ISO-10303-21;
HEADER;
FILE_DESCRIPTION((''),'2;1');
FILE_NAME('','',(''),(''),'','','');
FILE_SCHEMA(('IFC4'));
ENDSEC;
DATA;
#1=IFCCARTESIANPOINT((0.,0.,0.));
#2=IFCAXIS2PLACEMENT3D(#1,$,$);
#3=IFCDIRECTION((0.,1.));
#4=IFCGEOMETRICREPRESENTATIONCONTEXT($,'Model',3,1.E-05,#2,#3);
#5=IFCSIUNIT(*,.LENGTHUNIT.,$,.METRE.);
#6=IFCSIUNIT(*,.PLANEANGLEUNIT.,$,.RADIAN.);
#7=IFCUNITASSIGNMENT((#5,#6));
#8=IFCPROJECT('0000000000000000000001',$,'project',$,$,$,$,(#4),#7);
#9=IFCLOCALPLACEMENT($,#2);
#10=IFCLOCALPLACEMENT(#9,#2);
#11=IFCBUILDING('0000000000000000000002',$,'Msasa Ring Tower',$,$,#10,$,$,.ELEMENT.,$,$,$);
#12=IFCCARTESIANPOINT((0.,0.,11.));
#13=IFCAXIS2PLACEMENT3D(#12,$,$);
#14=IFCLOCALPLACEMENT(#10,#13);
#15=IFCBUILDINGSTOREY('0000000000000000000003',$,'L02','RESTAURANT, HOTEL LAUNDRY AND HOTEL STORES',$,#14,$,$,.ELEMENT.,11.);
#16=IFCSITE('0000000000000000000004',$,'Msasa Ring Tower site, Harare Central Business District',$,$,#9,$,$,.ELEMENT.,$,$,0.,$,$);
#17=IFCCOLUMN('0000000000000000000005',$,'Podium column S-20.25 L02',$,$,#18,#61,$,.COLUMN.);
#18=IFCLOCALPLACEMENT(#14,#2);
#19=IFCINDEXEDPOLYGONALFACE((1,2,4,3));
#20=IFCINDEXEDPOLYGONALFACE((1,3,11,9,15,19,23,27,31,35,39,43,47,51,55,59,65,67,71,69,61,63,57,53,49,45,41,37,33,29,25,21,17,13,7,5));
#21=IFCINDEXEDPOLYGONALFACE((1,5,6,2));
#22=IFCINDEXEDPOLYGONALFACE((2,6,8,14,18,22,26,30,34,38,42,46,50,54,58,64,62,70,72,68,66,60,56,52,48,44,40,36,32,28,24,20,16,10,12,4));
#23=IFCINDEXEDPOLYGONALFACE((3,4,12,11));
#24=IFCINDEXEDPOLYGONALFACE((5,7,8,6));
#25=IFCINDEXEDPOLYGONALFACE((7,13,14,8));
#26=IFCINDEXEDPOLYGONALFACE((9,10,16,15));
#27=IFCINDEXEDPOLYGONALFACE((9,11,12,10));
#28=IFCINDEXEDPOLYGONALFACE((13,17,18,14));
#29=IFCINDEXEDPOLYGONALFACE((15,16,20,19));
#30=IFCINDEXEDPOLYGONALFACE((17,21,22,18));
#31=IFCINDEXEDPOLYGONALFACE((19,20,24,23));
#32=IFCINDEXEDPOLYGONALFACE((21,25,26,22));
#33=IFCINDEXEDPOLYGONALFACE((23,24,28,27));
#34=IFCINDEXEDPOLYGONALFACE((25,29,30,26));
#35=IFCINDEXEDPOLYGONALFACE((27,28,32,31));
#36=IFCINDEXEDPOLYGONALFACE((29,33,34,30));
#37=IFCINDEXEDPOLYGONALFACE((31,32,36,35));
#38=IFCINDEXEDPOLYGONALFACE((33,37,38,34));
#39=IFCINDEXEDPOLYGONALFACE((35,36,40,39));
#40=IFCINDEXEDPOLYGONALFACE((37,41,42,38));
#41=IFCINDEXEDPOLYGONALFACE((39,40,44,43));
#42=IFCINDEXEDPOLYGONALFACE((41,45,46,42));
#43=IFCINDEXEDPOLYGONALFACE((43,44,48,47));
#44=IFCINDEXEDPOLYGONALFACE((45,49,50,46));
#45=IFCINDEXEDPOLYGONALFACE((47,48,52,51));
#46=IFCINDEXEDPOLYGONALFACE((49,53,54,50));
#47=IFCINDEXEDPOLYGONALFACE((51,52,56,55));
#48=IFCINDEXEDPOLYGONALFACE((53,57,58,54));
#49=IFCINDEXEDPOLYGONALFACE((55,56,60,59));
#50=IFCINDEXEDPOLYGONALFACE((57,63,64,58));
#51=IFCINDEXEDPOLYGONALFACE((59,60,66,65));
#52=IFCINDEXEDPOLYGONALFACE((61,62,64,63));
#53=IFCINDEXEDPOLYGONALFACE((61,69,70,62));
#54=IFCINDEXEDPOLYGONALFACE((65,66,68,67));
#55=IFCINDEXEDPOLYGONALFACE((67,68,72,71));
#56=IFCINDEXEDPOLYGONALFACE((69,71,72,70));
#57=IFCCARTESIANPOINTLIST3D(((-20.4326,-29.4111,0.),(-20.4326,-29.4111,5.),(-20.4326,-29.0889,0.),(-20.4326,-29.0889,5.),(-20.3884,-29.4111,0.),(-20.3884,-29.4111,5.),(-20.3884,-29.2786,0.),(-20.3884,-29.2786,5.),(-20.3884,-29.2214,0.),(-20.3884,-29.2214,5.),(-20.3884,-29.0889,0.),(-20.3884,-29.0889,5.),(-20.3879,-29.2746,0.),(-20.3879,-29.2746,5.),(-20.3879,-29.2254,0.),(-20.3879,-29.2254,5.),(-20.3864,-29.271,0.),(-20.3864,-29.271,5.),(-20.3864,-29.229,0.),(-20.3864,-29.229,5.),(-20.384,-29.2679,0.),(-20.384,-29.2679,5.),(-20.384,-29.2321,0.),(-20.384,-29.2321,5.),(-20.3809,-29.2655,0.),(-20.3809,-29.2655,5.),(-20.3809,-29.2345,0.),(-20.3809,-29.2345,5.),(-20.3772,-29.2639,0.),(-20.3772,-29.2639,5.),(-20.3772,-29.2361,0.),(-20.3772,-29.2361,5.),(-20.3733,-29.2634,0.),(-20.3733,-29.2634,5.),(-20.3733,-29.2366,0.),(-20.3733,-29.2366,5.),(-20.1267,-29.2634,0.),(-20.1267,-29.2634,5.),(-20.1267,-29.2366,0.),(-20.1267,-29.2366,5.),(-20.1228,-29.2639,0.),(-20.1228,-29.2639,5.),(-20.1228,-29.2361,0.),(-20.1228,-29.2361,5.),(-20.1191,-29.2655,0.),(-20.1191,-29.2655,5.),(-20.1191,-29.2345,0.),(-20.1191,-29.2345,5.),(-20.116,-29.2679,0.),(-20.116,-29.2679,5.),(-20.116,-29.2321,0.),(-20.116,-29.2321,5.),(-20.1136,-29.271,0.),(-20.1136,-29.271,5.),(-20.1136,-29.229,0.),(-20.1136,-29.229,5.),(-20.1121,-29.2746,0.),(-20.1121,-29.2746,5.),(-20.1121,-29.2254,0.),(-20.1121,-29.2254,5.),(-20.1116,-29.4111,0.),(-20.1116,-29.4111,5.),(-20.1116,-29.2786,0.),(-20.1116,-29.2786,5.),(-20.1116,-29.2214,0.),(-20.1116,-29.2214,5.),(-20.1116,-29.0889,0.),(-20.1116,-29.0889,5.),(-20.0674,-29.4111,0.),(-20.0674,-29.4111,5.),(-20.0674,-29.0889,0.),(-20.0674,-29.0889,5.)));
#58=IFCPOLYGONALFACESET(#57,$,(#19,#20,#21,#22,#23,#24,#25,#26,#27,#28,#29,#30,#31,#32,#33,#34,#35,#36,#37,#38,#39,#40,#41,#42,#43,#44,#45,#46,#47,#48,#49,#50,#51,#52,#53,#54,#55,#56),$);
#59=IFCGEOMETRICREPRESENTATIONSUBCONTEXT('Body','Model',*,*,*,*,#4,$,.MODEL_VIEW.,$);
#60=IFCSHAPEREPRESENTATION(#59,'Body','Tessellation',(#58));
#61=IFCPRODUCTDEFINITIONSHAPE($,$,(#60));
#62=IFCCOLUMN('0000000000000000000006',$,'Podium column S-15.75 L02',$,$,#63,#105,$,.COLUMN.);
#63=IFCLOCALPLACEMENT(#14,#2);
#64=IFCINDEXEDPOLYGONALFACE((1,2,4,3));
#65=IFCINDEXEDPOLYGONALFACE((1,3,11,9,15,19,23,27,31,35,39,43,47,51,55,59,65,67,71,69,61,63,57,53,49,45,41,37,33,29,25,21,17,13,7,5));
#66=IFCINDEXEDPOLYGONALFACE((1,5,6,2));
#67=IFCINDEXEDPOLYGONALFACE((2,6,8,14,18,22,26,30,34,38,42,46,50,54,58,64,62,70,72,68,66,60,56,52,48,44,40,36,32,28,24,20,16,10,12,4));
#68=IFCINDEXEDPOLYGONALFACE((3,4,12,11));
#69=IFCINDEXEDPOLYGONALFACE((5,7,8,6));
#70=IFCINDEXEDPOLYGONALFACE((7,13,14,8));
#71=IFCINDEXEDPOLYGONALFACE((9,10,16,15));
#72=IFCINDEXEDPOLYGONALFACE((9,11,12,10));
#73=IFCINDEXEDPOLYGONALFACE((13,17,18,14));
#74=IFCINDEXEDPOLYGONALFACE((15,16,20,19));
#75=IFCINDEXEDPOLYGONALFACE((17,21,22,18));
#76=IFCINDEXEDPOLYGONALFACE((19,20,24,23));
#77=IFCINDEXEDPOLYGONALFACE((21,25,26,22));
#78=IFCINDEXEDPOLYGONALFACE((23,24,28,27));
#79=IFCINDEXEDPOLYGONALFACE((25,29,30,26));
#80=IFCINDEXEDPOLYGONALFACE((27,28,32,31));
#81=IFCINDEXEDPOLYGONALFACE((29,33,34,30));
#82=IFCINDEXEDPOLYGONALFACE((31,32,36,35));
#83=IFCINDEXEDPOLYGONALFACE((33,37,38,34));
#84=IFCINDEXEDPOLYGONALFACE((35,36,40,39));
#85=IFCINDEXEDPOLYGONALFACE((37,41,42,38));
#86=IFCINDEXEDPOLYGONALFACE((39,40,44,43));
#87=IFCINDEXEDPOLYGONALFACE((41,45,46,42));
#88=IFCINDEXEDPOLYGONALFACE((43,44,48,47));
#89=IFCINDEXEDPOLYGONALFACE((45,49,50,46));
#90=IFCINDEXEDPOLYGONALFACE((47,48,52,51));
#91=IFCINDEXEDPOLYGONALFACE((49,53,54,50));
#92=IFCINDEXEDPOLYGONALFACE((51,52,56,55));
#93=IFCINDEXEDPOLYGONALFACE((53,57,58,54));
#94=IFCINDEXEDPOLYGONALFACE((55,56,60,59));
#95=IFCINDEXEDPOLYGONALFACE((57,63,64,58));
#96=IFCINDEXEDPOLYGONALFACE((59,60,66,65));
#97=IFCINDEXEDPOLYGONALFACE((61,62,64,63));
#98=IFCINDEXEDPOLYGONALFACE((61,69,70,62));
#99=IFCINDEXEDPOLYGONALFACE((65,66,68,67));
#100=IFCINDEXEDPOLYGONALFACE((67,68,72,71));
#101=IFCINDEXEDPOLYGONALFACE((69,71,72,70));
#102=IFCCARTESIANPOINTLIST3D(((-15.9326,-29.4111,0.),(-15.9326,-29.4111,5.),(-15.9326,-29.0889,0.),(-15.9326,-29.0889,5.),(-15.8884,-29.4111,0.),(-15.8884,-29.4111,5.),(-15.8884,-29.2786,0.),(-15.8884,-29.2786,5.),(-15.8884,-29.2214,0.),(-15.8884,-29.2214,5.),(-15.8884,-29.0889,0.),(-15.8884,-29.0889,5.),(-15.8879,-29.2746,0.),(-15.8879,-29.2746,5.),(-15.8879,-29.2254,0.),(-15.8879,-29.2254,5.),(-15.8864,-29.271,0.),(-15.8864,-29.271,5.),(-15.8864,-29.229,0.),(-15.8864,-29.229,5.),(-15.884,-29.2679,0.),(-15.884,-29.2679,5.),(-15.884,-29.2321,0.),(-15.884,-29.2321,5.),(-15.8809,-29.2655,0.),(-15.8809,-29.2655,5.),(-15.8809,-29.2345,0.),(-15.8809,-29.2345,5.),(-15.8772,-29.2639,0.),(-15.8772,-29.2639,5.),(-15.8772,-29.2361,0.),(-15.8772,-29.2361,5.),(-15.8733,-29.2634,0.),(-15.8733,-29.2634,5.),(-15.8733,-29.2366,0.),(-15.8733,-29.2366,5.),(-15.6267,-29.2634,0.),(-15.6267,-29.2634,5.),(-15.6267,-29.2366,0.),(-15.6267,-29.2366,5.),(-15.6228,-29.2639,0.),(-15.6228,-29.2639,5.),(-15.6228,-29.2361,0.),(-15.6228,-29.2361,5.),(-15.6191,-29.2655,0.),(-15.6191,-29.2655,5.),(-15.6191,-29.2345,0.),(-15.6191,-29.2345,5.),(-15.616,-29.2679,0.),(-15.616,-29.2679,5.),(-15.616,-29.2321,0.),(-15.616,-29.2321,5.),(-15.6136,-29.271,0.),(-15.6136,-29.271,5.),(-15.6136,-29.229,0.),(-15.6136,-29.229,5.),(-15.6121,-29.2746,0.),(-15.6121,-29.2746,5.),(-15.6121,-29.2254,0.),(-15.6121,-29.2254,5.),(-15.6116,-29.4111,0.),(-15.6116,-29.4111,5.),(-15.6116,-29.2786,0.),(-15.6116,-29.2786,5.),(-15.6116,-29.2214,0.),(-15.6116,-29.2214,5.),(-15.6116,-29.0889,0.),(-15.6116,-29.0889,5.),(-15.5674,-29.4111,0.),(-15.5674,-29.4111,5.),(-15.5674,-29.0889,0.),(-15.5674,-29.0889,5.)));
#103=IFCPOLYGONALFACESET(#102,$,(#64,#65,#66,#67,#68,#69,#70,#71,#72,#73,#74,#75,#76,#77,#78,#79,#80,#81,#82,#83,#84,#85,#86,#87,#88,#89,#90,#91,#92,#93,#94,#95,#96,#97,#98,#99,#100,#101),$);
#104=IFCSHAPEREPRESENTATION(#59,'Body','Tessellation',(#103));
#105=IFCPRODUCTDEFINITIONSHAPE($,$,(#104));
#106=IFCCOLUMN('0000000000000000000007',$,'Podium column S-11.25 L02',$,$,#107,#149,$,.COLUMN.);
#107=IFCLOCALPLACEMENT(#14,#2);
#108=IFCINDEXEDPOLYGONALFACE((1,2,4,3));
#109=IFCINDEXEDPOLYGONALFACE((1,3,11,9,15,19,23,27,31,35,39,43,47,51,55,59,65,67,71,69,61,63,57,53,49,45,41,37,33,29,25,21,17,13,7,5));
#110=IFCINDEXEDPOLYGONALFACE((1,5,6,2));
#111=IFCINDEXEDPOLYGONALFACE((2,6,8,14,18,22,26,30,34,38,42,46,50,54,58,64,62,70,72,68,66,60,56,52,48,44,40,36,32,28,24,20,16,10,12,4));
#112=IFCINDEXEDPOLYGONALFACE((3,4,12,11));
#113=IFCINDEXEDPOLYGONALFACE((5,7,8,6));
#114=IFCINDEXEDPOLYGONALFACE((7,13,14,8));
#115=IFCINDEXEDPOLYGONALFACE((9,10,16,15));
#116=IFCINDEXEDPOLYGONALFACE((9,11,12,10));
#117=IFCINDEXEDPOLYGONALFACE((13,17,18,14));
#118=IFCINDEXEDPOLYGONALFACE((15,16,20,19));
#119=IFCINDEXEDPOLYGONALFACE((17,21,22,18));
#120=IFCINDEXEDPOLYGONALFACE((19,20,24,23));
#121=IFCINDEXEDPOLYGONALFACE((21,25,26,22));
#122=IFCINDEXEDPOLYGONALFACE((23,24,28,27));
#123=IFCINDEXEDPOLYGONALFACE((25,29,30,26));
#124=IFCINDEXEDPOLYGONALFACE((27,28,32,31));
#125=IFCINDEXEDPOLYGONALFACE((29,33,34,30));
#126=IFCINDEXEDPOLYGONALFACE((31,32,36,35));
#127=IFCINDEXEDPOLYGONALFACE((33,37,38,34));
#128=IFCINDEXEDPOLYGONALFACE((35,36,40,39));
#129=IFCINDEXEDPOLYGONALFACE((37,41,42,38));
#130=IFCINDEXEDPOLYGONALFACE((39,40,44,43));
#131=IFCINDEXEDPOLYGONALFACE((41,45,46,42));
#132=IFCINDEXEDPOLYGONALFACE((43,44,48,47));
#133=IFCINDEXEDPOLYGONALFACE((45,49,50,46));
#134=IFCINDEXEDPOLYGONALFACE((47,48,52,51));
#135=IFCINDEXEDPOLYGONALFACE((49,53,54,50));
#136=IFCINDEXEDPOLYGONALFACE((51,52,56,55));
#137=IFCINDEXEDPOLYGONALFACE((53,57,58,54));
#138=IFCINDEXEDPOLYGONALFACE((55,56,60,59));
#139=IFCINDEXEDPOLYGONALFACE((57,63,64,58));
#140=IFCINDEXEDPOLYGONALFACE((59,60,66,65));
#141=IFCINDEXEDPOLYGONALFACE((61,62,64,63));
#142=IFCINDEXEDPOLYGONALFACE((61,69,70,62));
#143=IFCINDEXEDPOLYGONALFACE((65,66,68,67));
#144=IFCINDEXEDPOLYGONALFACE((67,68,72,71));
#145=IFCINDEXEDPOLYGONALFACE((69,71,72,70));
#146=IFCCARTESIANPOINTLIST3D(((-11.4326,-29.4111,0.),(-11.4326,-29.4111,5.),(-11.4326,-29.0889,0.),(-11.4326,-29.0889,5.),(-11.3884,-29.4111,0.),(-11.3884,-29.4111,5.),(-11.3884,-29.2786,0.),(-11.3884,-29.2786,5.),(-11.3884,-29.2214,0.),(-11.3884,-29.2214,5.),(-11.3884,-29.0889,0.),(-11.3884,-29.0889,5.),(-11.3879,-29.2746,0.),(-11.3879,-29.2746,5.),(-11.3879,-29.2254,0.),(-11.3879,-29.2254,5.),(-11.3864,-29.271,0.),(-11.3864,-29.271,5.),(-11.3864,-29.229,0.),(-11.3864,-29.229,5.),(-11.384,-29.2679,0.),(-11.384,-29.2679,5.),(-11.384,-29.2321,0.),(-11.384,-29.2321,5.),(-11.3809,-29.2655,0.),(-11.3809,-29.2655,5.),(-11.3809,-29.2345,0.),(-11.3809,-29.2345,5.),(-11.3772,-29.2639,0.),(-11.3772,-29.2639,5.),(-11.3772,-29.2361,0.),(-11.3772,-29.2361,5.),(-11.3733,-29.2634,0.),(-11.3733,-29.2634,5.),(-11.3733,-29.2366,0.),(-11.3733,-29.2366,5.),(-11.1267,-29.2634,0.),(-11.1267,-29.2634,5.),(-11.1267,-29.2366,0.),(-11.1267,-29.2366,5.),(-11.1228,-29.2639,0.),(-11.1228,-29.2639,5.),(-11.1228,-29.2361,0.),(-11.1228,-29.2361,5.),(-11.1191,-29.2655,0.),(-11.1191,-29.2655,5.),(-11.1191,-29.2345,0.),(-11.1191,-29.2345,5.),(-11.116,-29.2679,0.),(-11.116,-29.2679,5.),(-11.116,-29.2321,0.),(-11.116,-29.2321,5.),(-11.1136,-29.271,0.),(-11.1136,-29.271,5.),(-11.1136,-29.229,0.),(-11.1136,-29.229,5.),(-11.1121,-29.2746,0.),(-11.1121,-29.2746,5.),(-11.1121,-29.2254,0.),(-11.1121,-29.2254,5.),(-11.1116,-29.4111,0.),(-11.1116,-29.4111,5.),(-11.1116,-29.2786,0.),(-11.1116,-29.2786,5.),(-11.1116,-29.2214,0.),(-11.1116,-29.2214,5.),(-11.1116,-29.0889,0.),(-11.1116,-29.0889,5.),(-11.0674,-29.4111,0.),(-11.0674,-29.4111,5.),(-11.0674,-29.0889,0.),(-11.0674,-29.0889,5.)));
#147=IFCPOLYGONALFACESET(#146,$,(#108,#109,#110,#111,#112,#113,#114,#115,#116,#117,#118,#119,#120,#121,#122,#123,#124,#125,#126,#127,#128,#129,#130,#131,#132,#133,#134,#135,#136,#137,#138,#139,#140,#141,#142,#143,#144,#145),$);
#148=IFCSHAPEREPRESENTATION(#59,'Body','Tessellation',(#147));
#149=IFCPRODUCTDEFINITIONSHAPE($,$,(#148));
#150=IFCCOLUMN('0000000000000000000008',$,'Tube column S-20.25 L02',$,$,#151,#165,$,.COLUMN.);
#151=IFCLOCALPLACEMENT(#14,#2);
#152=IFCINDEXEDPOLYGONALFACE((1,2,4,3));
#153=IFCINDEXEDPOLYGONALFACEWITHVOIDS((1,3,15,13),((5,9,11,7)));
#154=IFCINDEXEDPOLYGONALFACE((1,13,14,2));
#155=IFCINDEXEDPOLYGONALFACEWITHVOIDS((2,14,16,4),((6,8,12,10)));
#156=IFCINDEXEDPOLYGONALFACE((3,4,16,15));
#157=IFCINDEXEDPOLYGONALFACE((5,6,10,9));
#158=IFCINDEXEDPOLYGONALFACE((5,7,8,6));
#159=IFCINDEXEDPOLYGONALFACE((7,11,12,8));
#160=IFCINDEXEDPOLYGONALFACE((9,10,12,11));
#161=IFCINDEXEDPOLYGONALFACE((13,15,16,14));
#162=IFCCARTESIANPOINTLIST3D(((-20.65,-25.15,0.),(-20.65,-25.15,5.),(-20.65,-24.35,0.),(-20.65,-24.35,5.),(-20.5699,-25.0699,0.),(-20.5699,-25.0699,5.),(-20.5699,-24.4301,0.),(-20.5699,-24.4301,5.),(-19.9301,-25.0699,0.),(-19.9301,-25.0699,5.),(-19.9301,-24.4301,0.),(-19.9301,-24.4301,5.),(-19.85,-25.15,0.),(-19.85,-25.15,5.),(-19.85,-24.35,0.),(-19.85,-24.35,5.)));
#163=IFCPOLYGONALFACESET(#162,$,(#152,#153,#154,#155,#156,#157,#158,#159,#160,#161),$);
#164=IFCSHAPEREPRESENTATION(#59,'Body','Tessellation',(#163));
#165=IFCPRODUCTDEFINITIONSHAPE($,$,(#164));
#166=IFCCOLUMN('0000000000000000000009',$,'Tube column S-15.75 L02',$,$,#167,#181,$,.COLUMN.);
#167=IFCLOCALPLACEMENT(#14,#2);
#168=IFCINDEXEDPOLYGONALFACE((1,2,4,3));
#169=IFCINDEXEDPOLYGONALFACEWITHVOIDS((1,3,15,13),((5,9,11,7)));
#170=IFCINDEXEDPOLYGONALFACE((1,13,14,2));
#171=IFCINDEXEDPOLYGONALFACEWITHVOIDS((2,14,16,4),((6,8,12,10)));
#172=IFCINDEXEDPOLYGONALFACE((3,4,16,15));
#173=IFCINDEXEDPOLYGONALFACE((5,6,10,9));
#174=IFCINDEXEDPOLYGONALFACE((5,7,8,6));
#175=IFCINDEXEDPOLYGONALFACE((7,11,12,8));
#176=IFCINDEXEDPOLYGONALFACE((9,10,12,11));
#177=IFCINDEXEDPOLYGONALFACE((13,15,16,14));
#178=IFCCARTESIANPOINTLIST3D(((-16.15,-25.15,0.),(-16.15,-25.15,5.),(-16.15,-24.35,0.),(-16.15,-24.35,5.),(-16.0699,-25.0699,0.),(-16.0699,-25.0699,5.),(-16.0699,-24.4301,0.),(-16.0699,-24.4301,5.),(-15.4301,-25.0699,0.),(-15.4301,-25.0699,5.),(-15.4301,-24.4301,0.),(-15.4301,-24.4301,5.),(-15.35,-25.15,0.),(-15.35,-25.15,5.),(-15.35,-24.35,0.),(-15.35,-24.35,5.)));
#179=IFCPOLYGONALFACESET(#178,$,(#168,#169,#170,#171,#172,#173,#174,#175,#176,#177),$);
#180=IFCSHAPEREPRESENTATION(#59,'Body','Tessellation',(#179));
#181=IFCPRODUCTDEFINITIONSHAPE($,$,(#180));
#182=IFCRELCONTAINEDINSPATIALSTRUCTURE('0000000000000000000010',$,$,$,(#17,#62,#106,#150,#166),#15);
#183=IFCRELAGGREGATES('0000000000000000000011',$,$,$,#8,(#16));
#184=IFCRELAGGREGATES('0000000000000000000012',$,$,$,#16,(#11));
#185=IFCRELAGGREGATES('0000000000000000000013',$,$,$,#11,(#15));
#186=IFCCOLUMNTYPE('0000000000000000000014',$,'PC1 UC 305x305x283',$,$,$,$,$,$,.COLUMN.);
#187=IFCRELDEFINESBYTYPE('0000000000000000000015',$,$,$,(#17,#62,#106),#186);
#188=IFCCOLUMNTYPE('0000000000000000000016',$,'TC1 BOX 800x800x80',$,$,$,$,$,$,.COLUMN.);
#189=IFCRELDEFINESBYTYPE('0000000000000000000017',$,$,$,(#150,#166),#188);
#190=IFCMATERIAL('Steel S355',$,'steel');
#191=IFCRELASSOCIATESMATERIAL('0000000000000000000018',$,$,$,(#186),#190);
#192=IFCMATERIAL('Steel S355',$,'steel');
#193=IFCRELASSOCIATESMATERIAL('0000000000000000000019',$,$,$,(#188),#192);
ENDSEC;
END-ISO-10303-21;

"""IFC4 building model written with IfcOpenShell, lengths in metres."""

from ifc_helpers import new_model, si_unit, direction, frame, origin, origin_2d, place, context, subcontext, project, spatial, hollow_rectangle, i_section, extrude, material, material_profile, profile_set, type_object, element, save


model = new_model("IFC4")

# Units and contexts
model_context = context("Model", 3, precision=1e-05, world=origin(), true_north=direction((0.0, 1.0)))
body_context = subcontext(model_context, "Body", "Model", "MODEL_VIEW")
ifc_project = project(units=[si_unit("LENGTHUNIT", "METRE"), si_unit("PLANEANGLEUNIT", "RADIAN")], contexts=[model_context])

# Site, building, storey
site_placement = place(None, origin())
site = spatial("IfcSite", under=ifc_project, at=site_placement, Name="Msasa Ring Tower site, Harare Central Business District", CompositionType="ELEMENT", RefElevation=0.0)
building_placement = place(site_placement, origin())
building = spatial("IfcBuilding", under=site, at=building_placement, Name="Msasa Ring Tower", CompositionType="ELEMENT")
storey_placement = place(building_placement, frame((0.0, 0.0, 11.0)))
storey = spatial("IfcBuildingStorey", under=building, at=storey_placement, Name="L02", Description="RESTAURANT, HOTEL LAUNDRY AND HOTEL STORES", CompositionType="ELEMENT", Elevation=11.0)

# Columns
ifc_material_1 = material(Name="Steel S355", Category="steel")
ifc_material_profile_1 = material_profile(ifc_material_1, i_section(OverallWidth=0.3223, OverallDepth=0.3652, WebThickness=0.0269, FlangeThickness=0.0442, FilletRadius=0.0151, at=origin_2d()), Name="UC 305x305x283")
ifc_profile_set_1 = profile_set([ifc_material_profile_1], Name="Steel S355")
column_type_1 = type_object("IfcColumnType", Name="PC1 UC 305x305x283", PredefinedType="COLUMN", material=ifc_profile_set_1)
for number, where, z_axis, x_axis, name in (
    (1, (-20.25, -29.25, 0.0), (0.0, 0.0, 1.0), (0.0, 1.0, 0.0), "Podium column S-20.25 L02"),
    (2, (-15.75, -29.25, 0.0), (0.0, 0.0, 1.0), (0.0, 1.0, 0.0), "Podium column S-15.75 L02"),
    (3, (-11.25, -29.25, 0.0), (0.0, 0.0, 1.0), (0.0, 1.0, 0.0), "Podium column S-11.25 L02"),
):
    element("IfcColumn", number, at=place(storey_placement, frame(where, z_axis=z_axis, x_axis=x_axis)), inside=storey, type_object=column_type_1, Name=name, PredefinedType="COLUMN", context=body_context, shape_type="SweptSolid", body=[
        extrude(i_section(OverallWidth=0.3223, OverallDepth=0.3652, WebThickness=0.0269, FlangeThickness=0.0442, FilletRadius=0.0151, at=origin_2d()), origin(), (0.0, 0.0, 1.0), 5.0),
    ])
ifc_material_2 = material(Name="Steel S355", Category="steel")
ifc_material_profile_2 = material_profile(ifc_material_2, hollow_rectangle(XDim=0.8, YDim=0.8, WallThickness=0.0801, at=origin_2d()), Name="BOX 800x800x80")
ifc_profile_set_2 = profile_set([ifc_material_profile_2], Name="Steel S355")
column_type_2 = type_object("IfcColumnType", Name="TC1 BOX 800x800x80", PredefinedType="COLUMN", material=ifc_profile_set_2)
for number, where, z_axis, x_axis, name in (
    (4, (-20.25, -24.75, 0.0), (0.0, 0.0, 1.0), (0.0, 1.0, 0.0), "Tube column S-20.25 L02"),
    (5, (-15.75, -24.75, 0.0), (0.0, 0.0, 1.0), (0.0, 1.0, 0.0), "Tube column S-15.75 L02"),
):
    element("IfcColumn", number, at=place(storey_placement, frame(where, z_axis=z_axis, x_axis=x_axis)), inside=storey, type_object=column_type_2, Name=name, PredefinedType="COLUMN", context=body_context, shape_type="SweptSolid", body=[
        extrude(hollow_rectangle(XDim=0.8, YDim=0.8, WallThickness=0.0801, at=origin_2d()), origin(), (0.0, 0.0, 1.0), 5.0),
    ])

save(model, "model.ifc")
